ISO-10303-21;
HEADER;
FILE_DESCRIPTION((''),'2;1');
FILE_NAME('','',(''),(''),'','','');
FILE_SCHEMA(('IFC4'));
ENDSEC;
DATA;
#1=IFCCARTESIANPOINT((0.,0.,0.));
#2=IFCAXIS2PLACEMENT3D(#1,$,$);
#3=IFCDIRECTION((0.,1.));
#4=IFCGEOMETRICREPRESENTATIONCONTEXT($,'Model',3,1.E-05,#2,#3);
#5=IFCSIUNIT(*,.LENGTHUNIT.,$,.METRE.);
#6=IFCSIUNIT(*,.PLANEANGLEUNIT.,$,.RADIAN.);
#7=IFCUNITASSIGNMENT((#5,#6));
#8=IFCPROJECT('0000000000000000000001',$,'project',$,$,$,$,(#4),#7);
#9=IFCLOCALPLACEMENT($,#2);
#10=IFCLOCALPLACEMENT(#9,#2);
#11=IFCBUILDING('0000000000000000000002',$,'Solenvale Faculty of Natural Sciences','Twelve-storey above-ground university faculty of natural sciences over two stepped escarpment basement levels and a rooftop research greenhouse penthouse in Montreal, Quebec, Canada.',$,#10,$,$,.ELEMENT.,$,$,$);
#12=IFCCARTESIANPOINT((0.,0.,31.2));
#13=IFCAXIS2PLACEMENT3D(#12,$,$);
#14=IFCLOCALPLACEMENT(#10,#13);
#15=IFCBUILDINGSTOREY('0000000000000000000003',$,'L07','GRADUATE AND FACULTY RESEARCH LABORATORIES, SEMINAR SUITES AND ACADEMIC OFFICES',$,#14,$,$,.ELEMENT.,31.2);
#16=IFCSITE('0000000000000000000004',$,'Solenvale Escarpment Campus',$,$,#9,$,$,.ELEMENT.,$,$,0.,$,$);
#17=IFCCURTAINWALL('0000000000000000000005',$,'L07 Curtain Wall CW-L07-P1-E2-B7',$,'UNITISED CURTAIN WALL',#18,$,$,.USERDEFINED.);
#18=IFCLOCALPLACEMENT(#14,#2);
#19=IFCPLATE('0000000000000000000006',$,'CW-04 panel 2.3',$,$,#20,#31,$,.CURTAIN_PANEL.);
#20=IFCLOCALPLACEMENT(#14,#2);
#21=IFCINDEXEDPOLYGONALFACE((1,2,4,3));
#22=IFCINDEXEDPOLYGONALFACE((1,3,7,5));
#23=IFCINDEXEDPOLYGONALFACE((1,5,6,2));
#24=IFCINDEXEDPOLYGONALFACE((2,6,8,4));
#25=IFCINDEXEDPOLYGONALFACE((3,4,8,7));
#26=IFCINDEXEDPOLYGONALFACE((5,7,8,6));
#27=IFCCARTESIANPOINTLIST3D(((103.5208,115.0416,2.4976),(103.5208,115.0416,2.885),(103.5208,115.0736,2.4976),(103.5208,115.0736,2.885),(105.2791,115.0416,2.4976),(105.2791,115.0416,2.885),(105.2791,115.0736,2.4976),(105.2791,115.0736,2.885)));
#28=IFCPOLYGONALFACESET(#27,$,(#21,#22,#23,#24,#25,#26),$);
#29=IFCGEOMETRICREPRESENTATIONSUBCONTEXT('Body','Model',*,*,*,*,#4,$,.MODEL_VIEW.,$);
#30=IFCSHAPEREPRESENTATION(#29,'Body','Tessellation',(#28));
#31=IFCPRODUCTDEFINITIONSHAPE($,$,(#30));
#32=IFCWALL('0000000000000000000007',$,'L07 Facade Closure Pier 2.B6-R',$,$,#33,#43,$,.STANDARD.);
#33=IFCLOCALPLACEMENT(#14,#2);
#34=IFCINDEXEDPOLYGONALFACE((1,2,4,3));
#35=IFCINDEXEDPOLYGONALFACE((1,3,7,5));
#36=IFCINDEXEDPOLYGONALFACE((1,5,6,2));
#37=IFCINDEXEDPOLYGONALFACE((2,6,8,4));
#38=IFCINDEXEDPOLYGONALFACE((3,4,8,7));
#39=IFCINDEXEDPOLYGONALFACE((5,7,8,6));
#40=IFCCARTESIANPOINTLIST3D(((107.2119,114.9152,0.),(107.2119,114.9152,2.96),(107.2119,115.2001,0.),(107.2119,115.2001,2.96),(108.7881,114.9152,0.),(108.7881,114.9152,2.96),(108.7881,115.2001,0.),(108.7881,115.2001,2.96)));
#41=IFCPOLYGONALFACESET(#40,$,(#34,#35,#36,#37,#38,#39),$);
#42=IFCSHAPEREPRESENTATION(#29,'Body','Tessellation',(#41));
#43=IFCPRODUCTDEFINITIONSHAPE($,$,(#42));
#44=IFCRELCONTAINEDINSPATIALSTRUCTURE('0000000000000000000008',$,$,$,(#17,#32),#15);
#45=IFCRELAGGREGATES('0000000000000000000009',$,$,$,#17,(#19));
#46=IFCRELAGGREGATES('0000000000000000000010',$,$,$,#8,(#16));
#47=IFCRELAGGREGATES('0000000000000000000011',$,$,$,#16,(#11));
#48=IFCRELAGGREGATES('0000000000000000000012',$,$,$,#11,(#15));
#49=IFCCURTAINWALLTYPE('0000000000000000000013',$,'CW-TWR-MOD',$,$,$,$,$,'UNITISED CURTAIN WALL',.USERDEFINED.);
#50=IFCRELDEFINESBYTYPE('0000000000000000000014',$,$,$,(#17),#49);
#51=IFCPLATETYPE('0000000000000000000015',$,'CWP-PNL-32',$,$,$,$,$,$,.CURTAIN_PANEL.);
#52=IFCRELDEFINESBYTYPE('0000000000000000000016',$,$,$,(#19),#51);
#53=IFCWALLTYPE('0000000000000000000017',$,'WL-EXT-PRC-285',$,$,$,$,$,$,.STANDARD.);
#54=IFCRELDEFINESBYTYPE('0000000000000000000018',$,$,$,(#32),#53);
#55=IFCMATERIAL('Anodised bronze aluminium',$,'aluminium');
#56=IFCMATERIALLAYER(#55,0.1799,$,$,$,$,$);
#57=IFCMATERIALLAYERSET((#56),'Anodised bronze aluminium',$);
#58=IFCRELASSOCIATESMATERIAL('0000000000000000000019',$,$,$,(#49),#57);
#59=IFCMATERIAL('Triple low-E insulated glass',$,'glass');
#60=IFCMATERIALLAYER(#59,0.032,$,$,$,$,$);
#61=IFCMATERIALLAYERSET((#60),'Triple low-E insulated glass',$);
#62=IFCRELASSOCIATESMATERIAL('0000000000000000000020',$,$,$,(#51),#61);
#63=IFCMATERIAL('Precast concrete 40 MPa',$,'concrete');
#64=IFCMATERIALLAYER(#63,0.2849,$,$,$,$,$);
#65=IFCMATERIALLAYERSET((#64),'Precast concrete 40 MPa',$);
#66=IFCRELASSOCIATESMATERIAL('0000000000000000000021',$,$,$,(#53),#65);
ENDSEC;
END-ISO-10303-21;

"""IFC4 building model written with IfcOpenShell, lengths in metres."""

from ifc_helpers import new_model, si_unit, direction, frame, frame_2d, origin, origin_2d, place, context, subcontext, project, spatial, rectangle, extrude, material, layer, layer_set, type_object, element, aggregate, save


model = new_model("IFC4")

# Units and contexts
model_context = context("Model", 3, precision=1e-05, world=origin(), true_north=direction((0.0, 1.0)))
body_context = subcontext(model_context, "Body", "Model", "MODEL_VIEW")
ifc_project = project(units=[si_unit("LENGTHUNIT", "METRE"), si_unit("PLANEANGLEUNIT", "RADIAN")], contexts=[model_context])

# Site, building, storey
site_placement = place(None, origin())
site = spatial("IfcSite", under=ifc_project, at=site_placement, Name="Solenvale Escarpment Campus", CompositionType="ELEMENT", RefElevation=0.0)
building_placement = place(site_placement, origin())
building = spatial("IfcBuilding", under=site, at=building_placement, Name="Solenvale Faculty of Natural Sciences", Description="Twelve-storey above-ground university faculty of natural sciences over two stepped escarpment basement levels and a rooftop research greenhouse penthouse in Montreal, Quebec, Canada.", CompositionType="ELEMENT")
storey_placement = place(building_placement, frame((0.0, 0.0, 31.2)))
storey = spatial("IfcBuildingStorey", under=building, at=storey_placement, Name="L07", Description="GRADUATE AND FACULTY RESEARCH LABORATORIES, SEMINAR SUITES AND ACADEMIC OFFICES", CompositionType="ELEMENT", Elevation=31.2)

# Shared definitions
ifc_material_1 = material(Name="Precast concrete 40 MPa", Category="concrete")

# Shared definitions
ifc_material_2 = material(Name="Anodised bronze aluminium", Category="aluminium")
ifc_layer_1 = layer(ifc_material_2, 0.1799)
ifc_layer_set_1 = layer_set([ifc_layer_1], Name="Anodised bronze aluminium")
curtain_wall_type = type_object("IfcCurtainWallType", Name="CW-TWR-MOD", ElementType="UNITISED CURTAIN WALL", PredefinedType="USERDEFINED", material=ifc_layer_set_1)

# Curtain wall
curtain_wall_1_placement = place(storey_placement, origin())
curtain_wall_1 = element("IfcCurtainWall", 1, at=curtain_wall_1_placement, inside=storey, type_object=curtain_wall_type, Name="L07 Curtain Wall CW-L07-P1-E2-B7", ObjectType="UNITISED CURTAIN WALL", PredefinedType="USERDEFINED")

# Plate
ifc_material_3 = material(Name="Triple low-E insulated glass", Category="glass")
ifc_layer_2 = layer(ifc_material_3, 0.032)
ifc_layer_set_2 = layer_set([ifc_layer_2], Name="Triple low-E insulated glass")
plate_type_1 = type_object("IfcPlateType", Name="CWP-PNL-32", PredefinedType="CURTAIN_PANEL", material=ifc_layer_set_2)
plate_1_placement = place(storey_placement, frame((104.3999, 115.0576, 2.4976), z_axis=(0.0, 0.0, 1.0), x_axis=(-1.0, 0.0, 0.0)))
plate_1 = element("IfcPlate", 2, at=plate_1_placement, type_object=plate_type_1, Name="CW-04 panel 2.3", PredefinedType="CURTAIN_PANEL", context=body_context, shape_type="SweptSolid", body=[
    extrude(rectangle(XDim=1.7583, YDim=0.032, at=origin_2d()), origin(), (0.0, 0.0, 1.0), 0.3875),
])
aggregate(curtain_wall_1, [plate_1])

# Wall
ifc_layer_3 = layer(ifc_material_1, 0.2849)
ifc_layer_set_3 = layer_set([ifc_layer_3], Name="Precast concrete 40 MPa")
wall_type = type_object("IfcWallType", Name="WL-EXT-PRC-285", PredefinedType="STANDARD", material=ifc_layer_set_3)
wall_placement = place(storey_placement, frame((108.7881, 115.0576, 0.0), z_axis=(0.0, 0.0, 1.0), x_axis=(-1.0, 0.0, 0.0)))
element("IfcWall", 3, at=wall_placement, inside=storey, type_object=wall_type, Name="L07 Facade Closure Pier 2.B6-R", PredefinedType="STANDARD", context=body_context, shape_type="SweptSolid", body=[
    extrude(rectangle(XDim=1.5762, YDim=0.2849, at=frame_2d((0.7881, 0.0))), origin(), (0.0, 0.0, 1.0), 2.96),
])

save(model, "model.ifc")
